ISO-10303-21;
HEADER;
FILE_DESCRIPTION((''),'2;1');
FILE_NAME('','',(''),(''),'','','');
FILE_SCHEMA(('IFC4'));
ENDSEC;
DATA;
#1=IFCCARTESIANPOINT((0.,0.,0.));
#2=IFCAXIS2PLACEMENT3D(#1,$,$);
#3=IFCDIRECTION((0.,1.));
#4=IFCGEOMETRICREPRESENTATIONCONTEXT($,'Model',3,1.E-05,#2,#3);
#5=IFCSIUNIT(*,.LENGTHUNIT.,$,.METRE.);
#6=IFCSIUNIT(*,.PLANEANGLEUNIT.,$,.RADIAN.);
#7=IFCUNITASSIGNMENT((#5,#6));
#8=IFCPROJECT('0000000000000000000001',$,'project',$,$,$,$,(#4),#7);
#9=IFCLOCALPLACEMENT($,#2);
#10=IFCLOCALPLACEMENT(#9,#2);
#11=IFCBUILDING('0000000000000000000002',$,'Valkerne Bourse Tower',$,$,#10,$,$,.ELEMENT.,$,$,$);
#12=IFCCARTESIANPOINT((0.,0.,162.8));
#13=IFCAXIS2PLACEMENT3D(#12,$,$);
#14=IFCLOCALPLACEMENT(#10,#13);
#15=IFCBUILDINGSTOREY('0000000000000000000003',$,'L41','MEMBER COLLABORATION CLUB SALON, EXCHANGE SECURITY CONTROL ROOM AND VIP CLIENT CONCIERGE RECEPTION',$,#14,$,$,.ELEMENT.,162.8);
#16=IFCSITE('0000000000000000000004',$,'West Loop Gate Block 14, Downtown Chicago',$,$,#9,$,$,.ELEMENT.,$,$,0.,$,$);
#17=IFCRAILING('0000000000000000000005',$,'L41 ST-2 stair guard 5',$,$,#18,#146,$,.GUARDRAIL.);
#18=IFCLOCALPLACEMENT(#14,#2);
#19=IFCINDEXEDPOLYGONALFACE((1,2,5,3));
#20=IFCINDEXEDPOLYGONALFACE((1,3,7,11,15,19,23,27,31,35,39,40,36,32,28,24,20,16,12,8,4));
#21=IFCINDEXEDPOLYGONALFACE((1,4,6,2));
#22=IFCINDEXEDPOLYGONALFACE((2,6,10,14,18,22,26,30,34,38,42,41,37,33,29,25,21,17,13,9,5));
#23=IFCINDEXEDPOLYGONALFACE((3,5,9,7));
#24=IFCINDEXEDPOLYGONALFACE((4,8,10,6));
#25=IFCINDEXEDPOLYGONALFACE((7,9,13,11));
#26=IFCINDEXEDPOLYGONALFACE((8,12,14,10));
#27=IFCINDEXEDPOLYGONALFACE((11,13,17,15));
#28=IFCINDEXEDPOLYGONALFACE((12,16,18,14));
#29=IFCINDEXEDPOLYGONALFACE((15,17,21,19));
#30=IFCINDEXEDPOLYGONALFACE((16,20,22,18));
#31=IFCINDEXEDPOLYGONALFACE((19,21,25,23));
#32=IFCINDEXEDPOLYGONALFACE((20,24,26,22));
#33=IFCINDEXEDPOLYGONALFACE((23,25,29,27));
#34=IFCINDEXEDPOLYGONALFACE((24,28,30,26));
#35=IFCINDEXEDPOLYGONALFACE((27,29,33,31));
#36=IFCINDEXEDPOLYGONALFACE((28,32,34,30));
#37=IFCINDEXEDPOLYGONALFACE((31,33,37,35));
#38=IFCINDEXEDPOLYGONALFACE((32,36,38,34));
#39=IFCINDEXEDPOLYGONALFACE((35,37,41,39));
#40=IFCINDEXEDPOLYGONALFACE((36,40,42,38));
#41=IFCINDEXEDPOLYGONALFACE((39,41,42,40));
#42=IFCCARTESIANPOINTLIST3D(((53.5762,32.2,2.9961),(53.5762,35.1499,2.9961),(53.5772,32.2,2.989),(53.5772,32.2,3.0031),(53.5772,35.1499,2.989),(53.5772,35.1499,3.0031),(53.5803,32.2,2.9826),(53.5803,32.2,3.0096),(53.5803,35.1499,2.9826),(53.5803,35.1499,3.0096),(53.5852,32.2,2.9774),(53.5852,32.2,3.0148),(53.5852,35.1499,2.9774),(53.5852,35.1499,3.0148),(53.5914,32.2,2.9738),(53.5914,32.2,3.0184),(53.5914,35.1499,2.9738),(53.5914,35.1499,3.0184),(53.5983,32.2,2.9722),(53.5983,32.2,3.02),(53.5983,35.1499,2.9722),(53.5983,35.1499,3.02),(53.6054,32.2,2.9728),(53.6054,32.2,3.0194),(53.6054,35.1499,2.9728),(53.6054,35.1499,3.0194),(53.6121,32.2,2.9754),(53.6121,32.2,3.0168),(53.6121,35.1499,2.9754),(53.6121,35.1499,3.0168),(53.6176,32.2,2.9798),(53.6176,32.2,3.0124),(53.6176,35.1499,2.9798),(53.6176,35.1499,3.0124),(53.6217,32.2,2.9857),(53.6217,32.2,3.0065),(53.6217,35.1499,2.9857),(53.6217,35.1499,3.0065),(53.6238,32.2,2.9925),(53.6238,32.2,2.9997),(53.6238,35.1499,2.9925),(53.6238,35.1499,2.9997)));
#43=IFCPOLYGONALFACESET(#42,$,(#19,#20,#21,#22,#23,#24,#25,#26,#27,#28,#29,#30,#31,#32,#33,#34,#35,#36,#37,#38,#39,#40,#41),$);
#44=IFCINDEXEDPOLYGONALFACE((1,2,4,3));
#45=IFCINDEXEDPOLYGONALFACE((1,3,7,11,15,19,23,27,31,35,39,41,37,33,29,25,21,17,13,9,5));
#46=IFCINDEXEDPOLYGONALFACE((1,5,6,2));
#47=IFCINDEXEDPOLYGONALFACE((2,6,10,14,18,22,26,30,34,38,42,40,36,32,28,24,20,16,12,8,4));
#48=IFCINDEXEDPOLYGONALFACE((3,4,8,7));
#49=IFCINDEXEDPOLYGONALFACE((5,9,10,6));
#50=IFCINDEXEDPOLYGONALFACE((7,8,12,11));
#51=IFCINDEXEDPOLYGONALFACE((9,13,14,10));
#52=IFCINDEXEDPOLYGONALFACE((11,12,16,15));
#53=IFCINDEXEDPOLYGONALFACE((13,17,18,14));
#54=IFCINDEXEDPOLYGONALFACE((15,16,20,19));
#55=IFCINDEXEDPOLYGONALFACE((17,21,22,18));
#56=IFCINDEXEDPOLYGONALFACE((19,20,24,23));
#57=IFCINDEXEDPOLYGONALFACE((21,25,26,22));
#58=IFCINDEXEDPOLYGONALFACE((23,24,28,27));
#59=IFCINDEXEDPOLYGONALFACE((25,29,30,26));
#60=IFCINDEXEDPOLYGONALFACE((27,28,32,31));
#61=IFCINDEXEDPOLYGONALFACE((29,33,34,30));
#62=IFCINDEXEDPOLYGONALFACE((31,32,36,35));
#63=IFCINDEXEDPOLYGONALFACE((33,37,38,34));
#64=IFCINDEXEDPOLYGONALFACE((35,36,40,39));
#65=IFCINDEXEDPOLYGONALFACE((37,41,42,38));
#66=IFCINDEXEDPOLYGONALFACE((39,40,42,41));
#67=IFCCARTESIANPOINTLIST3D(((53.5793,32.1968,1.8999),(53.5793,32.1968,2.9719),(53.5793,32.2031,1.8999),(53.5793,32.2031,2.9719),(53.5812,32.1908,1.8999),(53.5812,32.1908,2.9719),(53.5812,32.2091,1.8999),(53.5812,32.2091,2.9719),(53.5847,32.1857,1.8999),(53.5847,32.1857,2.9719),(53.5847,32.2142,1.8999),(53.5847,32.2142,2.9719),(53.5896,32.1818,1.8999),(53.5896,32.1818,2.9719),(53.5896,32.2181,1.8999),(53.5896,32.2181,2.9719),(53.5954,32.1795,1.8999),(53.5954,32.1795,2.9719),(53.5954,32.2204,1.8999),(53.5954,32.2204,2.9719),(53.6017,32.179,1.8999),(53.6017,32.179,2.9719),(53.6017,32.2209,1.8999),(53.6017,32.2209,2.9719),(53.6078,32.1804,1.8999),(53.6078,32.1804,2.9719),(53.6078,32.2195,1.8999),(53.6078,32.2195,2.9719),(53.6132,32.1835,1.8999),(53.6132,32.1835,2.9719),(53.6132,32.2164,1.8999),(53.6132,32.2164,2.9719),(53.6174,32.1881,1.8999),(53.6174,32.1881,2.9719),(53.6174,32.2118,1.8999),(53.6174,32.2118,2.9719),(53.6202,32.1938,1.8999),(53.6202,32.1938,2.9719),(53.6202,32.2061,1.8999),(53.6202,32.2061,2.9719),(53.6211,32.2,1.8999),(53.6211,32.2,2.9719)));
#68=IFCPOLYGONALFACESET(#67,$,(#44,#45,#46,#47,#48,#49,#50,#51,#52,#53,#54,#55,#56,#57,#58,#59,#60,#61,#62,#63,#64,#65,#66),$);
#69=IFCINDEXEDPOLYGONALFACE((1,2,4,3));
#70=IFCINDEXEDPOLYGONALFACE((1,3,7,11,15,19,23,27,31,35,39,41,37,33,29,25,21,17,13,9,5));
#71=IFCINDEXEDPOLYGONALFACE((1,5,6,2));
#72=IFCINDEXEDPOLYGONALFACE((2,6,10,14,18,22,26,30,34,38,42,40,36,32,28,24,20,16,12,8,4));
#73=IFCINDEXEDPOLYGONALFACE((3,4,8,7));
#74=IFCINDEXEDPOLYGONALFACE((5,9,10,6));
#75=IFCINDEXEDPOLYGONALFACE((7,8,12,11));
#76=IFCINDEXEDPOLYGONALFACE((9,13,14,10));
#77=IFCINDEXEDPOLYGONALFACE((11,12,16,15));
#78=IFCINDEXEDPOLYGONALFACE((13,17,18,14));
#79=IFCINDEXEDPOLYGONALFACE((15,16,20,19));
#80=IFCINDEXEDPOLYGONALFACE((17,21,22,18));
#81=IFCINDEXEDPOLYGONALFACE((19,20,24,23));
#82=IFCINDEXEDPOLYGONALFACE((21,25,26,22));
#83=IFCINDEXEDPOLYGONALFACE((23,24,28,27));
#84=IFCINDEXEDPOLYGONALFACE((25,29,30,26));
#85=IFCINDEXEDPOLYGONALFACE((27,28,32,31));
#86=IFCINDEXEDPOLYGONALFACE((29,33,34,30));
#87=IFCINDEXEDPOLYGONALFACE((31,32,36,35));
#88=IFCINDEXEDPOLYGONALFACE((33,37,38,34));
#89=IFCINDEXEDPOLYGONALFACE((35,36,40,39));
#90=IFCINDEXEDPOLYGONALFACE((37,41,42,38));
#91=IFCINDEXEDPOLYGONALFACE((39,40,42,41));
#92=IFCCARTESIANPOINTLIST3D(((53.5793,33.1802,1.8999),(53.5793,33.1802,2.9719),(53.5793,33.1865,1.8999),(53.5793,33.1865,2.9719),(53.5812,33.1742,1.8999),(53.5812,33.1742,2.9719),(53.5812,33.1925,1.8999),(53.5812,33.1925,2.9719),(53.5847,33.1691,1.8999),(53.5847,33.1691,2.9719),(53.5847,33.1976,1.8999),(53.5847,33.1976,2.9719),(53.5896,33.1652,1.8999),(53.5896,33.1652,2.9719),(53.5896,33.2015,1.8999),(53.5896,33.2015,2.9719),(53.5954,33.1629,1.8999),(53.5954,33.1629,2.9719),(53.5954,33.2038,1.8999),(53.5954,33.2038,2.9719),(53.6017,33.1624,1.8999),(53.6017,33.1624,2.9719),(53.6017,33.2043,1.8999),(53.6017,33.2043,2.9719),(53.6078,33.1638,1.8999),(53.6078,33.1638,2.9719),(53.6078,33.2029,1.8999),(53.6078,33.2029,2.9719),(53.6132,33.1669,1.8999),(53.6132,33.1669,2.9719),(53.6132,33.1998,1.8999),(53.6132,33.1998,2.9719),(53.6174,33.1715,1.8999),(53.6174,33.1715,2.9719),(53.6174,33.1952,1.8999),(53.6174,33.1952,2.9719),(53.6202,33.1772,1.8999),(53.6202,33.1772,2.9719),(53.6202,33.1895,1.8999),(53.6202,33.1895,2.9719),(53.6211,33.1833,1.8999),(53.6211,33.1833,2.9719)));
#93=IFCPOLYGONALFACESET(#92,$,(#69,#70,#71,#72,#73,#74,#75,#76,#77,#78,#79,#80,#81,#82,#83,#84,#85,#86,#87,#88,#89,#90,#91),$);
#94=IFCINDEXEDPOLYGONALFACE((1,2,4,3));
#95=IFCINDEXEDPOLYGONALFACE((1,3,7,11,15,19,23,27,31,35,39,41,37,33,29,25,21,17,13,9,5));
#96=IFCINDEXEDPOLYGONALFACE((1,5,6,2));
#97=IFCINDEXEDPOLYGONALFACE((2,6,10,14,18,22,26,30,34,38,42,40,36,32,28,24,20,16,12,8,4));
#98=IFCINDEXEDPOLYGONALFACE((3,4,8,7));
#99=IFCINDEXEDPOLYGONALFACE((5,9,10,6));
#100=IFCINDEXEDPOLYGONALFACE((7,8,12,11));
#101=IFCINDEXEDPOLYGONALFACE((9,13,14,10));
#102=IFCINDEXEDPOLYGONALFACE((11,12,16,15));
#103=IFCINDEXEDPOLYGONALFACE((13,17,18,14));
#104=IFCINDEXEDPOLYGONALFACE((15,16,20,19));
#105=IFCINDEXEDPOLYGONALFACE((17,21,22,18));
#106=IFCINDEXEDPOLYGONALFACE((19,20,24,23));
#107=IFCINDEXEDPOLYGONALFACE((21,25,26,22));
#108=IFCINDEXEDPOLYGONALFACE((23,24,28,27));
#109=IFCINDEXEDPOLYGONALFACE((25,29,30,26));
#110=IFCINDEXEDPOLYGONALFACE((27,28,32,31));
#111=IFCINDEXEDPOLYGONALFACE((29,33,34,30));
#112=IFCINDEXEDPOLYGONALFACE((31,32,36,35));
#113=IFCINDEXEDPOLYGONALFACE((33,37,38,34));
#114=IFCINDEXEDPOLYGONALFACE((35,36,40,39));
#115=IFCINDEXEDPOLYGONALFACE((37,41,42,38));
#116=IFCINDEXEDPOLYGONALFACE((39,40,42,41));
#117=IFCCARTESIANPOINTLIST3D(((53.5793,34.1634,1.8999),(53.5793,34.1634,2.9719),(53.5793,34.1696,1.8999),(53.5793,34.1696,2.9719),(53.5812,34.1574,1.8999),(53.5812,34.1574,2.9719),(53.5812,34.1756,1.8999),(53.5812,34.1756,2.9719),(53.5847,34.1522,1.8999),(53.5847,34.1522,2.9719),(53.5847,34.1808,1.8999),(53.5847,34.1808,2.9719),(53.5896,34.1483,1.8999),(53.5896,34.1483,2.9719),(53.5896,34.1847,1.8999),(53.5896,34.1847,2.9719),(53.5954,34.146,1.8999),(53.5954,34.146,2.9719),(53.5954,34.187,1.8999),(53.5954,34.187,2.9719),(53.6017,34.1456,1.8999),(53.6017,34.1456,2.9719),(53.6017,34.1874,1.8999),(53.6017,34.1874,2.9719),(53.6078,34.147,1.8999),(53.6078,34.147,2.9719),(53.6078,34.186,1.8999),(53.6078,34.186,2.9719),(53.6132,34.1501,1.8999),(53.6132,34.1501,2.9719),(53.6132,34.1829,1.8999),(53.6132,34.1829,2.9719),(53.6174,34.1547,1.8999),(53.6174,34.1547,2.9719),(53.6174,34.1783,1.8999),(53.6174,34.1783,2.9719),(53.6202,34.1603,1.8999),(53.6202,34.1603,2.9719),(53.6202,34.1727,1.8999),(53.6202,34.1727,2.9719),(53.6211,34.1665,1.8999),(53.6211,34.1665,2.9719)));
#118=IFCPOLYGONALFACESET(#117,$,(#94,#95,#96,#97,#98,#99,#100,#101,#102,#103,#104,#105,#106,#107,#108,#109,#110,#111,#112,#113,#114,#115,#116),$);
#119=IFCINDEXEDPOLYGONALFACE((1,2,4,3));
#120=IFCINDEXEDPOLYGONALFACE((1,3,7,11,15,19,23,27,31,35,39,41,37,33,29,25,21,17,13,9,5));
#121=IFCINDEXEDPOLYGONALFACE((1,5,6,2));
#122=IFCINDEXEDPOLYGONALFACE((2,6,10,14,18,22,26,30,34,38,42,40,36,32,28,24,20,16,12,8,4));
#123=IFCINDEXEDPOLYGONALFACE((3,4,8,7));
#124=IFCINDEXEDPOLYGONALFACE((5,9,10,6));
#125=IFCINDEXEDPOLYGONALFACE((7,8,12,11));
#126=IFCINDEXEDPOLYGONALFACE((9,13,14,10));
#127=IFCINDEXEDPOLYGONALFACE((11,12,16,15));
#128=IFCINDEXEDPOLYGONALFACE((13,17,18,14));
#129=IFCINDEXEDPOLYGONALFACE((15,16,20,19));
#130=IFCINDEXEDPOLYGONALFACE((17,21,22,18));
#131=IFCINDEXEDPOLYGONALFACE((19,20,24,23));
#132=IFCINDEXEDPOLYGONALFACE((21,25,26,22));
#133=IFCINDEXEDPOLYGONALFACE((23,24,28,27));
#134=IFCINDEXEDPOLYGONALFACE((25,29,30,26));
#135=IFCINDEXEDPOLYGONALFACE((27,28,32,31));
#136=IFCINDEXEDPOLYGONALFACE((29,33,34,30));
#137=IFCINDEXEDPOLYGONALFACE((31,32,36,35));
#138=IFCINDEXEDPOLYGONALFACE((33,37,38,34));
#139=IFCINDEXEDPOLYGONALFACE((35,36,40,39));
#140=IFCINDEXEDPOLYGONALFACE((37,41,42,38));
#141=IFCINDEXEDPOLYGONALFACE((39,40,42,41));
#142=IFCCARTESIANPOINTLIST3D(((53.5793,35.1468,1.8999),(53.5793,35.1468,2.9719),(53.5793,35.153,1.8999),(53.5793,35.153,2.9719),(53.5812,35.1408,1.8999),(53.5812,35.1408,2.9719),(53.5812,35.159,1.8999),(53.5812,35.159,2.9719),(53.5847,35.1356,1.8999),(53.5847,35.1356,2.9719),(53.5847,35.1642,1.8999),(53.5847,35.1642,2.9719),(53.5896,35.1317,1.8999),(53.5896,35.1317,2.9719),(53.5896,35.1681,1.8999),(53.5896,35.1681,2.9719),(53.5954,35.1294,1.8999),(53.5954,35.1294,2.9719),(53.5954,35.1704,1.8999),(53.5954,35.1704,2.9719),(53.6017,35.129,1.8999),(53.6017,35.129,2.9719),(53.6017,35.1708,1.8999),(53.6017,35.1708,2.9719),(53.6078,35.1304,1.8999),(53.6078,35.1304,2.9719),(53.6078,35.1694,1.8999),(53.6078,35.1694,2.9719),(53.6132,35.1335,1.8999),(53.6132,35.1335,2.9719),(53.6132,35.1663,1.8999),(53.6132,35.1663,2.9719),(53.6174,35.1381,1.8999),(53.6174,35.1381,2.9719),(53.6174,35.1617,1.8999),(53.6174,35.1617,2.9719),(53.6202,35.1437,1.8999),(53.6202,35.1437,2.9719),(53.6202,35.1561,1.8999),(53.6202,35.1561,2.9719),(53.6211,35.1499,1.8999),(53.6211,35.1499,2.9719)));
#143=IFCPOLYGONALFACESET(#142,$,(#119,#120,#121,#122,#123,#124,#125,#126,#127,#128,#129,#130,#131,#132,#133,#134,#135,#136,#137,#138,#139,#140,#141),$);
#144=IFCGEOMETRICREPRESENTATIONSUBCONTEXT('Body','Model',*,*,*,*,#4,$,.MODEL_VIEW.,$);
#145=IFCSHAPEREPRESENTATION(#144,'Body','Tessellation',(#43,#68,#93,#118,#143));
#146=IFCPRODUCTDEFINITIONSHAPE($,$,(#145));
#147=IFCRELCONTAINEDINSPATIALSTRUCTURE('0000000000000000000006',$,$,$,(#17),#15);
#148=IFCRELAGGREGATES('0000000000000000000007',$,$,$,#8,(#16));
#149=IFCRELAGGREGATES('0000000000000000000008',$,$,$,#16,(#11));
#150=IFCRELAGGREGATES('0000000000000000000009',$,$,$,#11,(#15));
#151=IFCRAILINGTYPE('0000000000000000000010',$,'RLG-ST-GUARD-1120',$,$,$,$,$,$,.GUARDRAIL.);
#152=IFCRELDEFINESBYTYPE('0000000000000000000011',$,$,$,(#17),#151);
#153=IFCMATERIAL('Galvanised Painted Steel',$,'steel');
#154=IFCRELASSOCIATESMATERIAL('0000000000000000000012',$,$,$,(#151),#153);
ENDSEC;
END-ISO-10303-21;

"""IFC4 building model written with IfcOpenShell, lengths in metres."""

from ifc_helpers import new_model, si_unit, direction, frame, origin, origin_2d, place, context, subcontext, project, spatial, circle, extrude, material, type_object, element, save


model = new_model("IFC4")

# Units and contexts
model_context = context("Model", 3, precision=1e-05, world=origin(), true_north=direction((0.0, 1.0)))
body_context = subcontext(model_context, "Body", "Model", "MODEL_VIEW")
ifc_project = project(units=[si_unit("LENGTHUNIT", "METRE"), si_unit("PLANEANGLEUNIT", "RADIAN")], contexts=[model_context])

# Site, building, storey
site_placement = place(None, origin())
site = spatial("IfcSite", under=ifc_project, at=site_placement, Name="West Loop Gate Block 14, Downtown Chicago", CompositionType="ELEMENT", RefElevation=0.0)
building_placement = place(site_placement, origin())
building = spatial("IfcBuilding", under=site, at=building_placement, Name="Valkerne Bourse Tower", CompositionType="ELEMENT")
storey_placement = place(building_placement, frame((0.0, 0.0, 162.8)))
storey = spatial("IfcBuildingStorey", under=building, at=storey_placement, Name="L41", Description="MEMBER COLLABORATION CLUB SALON, EXCHANGE SECURITY CONTROL ROOM AND VIP CLIENT CONCIERGE RECEPTION", CompositionType="ELEMENT", Elevation=162.8)

# Railing
ifc_material_1 = material(Name="Galvanised Painted Steel", Category="steel")
railing_type = type_object("IfcRailingType", Name="RLG-ST-GUARD-1120", PredefinedType="GUARDRAIL", material=ifc_material_1)
railing_1_placement = place(storey_placement, frame((53.6001, 32.2, 1.8999)))
element("IfcRailing", 1, at=railing_1_placement, inside=storey, type_object=railing_type, Name="L41 ST-2 stair guard 5", PredefinedType="GUARDRAIL", context=body_context, shape_type="SweptSolid", body=[
    extrude(circle(Radius=0.0239, at=origin_2d()), frame((0.0, 0.0, 1.0962), z_axis=(0.0, 1.0, 0.0), x_axis=(-1.0, 0.0, 0.0)), (0.0, 0.0, 1.0), 2.95),
    extrude(circle(Radius=0.021, at=origin_2d()), origin(), (0.0, 0.0, 1.0), 1.072),
    extrude(circle(Radius=0.021, at=origin_2d()), frame((0.0, 0.9834, 0.0)), (0.0, 0.0, 1.0), 1.072),
    extrude(circle(Radius=0.021, at=origin_2d()), frame((0.0, 1.9666, 0.0)), (0.0, 0.0, 1.0), 1.072),
    extrude(circle(Radius=0.021, at=origin_2d()), frame((0.0, 2.95, 0.0)), (0.0, 0.0, 1.0), 1.072),
])

save(model, "model.ifc")
